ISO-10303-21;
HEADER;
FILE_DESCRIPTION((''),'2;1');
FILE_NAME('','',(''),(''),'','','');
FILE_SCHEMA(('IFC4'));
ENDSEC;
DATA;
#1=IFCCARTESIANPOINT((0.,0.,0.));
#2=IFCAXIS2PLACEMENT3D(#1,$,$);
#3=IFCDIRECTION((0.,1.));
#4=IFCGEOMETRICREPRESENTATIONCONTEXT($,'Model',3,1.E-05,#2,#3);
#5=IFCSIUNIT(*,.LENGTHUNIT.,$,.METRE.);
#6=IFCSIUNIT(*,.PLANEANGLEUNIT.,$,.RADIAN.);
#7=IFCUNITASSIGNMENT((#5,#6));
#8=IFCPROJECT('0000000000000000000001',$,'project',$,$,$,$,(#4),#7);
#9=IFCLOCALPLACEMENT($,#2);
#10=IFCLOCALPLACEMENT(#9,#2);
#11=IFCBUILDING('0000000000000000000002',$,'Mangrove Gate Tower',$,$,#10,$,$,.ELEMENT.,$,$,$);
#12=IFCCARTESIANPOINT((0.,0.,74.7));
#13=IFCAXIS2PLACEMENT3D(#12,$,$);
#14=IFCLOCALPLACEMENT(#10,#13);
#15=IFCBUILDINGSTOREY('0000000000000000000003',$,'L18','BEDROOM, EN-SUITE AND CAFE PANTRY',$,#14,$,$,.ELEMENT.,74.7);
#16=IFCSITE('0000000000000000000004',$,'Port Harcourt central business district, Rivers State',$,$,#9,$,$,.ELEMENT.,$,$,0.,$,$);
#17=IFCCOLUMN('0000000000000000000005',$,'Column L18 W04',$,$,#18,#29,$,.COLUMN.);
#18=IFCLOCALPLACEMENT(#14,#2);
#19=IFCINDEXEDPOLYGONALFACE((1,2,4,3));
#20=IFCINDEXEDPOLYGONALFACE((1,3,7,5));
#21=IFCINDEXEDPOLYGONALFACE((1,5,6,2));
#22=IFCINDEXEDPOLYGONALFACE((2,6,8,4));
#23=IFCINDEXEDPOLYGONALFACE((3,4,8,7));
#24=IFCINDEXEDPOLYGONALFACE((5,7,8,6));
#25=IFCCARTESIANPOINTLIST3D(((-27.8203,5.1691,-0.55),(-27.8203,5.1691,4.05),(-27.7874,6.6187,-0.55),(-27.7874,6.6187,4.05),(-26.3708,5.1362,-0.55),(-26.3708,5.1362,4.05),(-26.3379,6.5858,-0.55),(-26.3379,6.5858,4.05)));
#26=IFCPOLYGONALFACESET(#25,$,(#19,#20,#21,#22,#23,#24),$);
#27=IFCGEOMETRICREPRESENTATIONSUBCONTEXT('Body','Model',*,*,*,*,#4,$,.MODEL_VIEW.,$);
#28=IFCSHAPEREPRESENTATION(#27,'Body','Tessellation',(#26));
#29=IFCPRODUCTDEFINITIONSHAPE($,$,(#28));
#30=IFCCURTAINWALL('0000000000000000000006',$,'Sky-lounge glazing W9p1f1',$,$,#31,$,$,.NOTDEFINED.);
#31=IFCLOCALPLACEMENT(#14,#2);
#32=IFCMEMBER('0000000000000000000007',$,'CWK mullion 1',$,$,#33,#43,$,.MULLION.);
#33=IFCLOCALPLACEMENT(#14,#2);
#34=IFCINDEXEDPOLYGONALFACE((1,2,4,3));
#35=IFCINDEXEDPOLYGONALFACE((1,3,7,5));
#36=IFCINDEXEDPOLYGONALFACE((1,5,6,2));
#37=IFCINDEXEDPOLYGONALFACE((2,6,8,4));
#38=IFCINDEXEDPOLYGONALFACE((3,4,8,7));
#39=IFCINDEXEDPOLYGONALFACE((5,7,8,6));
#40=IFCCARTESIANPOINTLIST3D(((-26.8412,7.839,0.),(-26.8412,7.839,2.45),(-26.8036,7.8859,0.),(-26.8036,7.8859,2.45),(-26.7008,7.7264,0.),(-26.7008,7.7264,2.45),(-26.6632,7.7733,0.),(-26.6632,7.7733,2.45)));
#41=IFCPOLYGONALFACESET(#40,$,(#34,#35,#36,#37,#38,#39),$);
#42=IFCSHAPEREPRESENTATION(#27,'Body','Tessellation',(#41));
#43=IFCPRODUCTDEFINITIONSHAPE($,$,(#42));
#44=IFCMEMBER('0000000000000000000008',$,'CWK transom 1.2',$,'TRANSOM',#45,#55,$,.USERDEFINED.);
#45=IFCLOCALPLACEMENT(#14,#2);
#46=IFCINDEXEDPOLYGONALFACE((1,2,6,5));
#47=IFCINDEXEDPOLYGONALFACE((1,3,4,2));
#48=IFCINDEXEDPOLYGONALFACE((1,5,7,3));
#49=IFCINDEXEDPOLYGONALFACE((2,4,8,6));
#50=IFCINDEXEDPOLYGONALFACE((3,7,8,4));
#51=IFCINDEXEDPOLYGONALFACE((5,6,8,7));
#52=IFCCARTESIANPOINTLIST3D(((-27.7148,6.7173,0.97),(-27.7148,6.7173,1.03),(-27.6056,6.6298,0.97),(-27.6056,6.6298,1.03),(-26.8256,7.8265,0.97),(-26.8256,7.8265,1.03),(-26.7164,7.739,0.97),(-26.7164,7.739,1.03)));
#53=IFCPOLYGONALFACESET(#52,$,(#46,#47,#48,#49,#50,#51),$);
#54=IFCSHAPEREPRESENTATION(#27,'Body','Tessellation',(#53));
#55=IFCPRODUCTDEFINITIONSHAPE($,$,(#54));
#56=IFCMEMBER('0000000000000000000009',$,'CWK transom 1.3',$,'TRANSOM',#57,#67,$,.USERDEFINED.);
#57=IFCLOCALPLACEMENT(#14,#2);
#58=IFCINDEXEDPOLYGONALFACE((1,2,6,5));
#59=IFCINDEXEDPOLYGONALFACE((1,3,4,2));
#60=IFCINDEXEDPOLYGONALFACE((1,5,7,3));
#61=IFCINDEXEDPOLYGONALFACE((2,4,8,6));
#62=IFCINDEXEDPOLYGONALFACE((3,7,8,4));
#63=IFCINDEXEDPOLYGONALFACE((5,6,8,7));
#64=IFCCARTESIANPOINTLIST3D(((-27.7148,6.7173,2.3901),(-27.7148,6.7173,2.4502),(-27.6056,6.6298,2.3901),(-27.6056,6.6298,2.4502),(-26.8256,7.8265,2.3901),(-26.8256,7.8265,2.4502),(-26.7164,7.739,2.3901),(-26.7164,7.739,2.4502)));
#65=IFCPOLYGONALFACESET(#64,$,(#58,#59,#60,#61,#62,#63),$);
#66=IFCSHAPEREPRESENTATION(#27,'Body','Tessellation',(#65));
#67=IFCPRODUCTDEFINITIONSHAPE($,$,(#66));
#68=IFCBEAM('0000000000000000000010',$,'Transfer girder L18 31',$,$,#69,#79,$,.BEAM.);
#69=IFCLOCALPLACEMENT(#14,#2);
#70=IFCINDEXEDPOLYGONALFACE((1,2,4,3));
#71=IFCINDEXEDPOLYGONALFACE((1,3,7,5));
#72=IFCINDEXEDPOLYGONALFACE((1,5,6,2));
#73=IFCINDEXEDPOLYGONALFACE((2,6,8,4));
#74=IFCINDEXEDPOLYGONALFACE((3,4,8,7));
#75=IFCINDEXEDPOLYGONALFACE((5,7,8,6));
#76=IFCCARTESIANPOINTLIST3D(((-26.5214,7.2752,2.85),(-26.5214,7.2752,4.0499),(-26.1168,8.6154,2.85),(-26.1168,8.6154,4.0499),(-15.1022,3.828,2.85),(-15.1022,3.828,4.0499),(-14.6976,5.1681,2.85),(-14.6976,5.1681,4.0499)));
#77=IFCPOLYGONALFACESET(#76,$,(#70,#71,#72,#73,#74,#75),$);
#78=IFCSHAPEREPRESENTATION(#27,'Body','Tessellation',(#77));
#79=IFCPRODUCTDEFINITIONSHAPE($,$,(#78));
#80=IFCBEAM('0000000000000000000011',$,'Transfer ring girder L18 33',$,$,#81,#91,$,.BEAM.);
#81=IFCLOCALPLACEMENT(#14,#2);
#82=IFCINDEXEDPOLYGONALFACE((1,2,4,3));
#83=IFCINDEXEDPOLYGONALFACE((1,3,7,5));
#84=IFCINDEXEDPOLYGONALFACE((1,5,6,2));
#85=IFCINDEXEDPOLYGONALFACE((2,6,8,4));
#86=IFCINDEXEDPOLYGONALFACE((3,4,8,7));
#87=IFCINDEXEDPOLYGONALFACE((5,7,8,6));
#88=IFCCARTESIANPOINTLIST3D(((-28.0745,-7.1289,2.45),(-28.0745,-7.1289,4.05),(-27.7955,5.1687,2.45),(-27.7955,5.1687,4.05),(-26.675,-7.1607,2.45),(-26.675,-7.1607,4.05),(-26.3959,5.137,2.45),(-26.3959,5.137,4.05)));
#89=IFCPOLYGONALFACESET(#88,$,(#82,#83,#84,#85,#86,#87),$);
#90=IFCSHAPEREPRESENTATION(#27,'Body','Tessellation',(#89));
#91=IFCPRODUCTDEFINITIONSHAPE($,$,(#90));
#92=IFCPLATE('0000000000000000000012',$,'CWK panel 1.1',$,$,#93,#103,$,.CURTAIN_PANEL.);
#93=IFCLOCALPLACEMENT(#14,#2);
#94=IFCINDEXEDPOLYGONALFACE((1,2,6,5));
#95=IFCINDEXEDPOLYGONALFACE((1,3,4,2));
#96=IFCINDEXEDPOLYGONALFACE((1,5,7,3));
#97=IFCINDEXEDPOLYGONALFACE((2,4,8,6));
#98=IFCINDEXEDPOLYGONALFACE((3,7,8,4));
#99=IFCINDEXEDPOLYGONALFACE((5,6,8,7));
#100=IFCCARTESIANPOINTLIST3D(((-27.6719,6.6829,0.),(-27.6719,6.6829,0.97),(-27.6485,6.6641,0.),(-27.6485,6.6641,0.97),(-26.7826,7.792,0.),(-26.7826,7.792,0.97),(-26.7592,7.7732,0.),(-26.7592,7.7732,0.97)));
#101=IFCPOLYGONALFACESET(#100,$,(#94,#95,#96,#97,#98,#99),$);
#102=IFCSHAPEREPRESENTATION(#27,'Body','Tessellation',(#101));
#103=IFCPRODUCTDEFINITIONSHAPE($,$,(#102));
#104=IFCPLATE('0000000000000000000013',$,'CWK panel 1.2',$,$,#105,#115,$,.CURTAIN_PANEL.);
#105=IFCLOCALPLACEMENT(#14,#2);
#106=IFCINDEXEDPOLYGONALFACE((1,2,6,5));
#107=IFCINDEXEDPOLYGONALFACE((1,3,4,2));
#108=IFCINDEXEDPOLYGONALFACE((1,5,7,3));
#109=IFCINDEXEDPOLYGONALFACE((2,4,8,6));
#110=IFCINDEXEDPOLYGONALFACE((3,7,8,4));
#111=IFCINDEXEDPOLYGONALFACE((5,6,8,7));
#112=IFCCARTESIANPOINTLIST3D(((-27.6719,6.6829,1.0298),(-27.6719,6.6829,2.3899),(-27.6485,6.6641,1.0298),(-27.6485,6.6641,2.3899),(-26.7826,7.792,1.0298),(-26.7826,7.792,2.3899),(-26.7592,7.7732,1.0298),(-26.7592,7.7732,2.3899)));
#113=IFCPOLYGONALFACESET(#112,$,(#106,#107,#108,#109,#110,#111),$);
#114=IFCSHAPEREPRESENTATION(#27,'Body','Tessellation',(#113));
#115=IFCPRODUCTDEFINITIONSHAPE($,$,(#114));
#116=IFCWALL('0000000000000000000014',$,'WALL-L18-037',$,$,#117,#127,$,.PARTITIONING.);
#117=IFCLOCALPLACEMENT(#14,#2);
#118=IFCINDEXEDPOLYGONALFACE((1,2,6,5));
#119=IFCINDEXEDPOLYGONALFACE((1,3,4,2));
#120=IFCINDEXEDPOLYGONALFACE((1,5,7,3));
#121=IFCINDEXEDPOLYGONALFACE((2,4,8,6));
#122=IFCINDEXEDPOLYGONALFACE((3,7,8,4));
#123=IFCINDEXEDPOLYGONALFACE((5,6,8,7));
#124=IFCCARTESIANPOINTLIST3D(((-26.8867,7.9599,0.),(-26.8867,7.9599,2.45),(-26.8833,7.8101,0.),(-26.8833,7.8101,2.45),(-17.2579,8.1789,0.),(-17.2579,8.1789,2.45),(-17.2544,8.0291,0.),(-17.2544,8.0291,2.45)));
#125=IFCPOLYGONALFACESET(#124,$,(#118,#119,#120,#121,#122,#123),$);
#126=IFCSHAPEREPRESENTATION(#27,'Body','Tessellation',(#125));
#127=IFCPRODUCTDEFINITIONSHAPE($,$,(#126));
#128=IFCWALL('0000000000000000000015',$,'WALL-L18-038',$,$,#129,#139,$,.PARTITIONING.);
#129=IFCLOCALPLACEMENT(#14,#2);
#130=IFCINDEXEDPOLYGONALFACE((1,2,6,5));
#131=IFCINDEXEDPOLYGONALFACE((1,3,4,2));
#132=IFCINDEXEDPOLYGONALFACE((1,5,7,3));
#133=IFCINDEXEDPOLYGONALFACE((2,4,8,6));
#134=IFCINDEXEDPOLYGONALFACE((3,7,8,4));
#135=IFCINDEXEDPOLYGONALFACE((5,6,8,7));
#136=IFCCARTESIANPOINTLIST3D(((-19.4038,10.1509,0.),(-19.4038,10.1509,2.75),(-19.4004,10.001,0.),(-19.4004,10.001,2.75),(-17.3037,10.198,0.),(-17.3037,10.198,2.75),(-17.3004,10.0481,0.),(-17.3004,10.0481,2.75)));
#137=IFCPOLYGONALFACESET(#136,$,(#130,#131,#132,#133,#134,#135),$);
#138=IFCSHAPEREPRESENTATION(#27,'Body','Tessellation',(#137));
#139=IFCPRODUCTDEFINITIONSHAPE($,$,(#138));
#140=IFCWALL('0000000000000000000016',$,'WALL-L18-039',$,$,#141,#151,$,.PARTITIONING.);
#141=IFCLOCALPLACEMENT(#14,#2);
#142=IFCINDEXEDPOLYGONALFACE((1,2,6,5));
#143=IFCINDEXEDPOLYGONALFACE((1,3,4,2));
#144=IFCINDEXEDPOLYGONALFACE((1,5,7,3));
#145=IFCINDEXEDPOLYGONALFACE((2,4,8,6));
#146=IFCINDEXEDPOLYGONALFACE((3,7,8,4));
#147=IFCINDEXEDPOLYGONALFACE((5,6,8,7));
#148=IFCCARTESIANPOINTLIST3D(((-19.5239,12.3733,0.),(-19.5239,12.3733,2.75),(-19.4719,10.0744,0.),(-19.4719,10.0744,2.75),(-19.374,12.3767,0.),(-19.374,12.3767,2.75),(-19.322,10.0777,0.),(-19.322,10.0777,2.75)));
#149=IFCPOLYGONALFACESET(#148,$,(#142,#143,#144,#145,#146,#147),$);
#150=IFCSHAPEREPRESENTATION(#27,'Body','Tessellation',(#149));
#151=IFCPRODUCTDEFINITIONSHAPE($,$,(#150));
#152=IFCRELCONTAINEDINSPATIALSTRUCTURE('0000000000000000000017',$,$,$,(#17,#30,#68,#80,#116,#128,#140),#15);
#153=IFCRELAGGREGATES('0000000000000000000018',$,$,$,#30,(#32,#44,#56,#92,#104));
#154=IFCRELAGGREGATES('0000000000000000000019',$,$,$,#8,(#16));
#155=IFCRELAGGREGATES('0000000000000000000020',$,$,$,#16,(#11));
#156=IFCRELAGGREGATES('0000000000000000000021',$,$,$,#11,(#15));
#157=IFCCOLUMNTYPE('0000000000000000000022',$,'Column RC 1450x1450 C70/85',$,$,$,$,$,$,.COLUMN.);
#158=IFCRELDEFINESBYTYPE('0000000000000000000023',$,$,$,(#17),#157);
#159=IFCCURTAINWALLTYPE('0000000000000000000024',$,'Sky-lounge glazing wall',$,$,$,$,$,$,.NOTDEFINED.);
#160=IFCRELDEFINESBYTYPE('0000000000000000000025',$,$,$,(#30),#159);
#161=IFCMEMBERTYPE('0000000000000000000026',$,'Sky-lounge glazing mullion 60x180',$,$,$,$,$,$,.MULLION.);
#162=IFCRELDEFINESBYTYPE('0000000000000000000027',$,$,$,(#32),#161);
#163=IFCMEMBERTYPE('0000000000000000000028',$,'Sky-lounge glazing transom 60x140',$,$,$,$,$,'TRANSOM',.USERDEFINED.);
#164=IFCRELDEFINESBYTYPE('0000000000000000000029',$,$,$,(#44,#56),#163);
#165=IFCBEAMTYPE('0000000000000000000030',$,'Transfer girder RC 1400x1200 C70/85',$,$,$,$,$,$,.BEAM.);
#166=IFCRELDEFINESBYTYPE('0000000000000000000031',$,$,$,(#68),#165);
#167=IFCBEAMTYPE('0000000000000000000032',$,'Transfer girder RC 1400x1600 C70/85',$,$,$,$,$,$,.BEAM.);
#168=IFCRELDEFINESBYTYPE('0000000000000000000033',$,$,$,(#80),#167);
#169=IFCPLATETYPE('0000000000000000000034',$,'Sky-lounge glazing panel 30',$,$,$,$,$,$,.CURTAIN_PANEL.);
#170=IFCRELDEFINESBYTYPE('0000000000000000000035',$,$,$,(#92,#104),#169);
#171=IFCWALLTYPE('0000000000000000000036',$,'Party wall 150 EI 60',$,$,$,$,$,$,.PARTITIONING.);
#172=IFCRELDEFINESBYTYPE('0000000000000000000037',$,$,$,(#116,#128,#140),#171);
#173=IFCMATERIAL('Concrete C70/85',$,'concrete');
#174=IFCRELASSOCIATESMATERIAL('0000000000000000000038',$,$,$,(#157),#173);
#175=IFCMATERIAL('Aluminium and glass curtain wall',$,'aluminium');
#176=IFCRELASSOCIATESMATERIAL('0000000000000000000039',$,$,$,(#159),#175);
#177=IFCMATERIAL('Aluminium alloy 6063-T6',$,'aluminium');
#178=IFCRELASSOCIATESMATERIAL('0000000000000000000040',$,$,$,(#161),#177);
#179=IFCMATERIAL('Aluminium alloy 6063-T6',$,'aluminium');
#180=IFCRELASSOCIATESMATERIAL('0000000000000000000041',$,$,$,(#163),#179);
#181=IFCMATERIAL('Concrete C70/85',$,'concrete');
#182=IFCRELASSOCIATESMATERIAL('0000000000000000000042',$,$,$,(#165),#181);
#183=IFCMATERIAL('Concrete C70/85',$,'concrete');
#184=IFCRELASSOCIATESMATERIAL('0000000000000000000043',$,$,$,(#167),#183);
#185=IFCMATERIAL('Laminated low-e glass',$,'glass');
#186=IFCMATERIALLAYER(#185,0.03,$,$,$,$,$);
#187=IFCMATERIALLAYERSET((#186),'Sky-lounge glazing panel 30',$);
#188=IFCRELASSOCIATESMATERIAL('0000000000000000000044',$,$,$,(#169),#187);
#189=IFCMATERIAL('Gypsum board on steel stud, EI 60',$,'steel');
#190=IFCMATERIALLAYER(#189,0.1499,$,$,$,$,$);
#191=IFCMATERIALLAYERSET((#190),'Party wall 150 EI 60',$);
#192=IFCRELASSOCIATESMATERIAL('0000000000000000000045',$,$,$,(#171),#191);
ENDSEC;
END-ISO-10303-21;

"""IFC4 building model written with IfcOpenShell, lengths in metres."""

from ifc_helpers import new_model, si_unit, direction, frame, frame_2d, origin, origin_2d, place, context, subcontext, project, spatial, rectangle, extrude, material, layer, layer_set, material_profile, profile_set, type_object, element, aggregate, save


model = new_model("IFC4")

# Units and contexts
model_context = context("Model", 3, precision=1e-05, world=origin(), true_north=direction((0.0, 1.0)))
body_context = subcontext(model_context, "Body", "Model", "MODEL_VIEW")
ifc_project = project(units=[si_unit("LENGTHUNIT", "METRE"), si_unit("PLANEANGLEUNIT", "RADIAN")], contexts=[model_context])

# Site, building, storey
site_placement = place(None, origin())
site = spatial("IfcSite", under=ifc_project, at=site_placement, Name="Port Harcourt central business district, Rivers State", CompositionType="ELEMENT", RefElevation=0.0)
building_placement = place(site_placement, origin())
building = spatial("IfcBuilding", under=site, at=building_placement, Name="Mangrove Gate Tower", CompositionType="ELEMENT")
storey_placement = place(building_placement, frame((0.0, 0.0, 74.7)))
storey = spatial("IfcBuildingStorey", under=building, at=storey_placement, Name="L18", Description="BEDROOM, EN-SUITE AND CAFE PANTRY", CompositionType="ELEMENT", Elevation=74.7)

# Column
ifc_material_1 = material(Name="Concrete C70/85", Category="concrete")
ifc_material_profile_1 = material_profile(ifc_material_1, rectangle(XDim=1.45, YDim=1.45, at=origin_2d()))
ifc_profile_set_1 = profile_set([ifc_material_profile_1], Name="Concrete C70/85")
column_type = type_object("IfcColumnType", Name="Column RC 1450x1450 C70/85", PredefinedType="COLUMN", material=ifc_profile_set_1)
column_placement = place(storey_placement, frame((-27.0791, 5.8774, -0.55), z_axis=(0.0, 0.0, 1.0), x_axis=(-0.022687, -0.999743, 0.0)))
element("IfcColumn", 1, at=column_placement, inside=storey, type_object=column_type, Name="Column L18 W04", PredefinedType="COLUMN", context=body_context, shape_type="SweptSolid", body=[
    extrude(rectangle(XDim=1.45, YDim=1.45, at=origin_2d()), origin(), (0.0, 0.0, 1.0), 4.6001),
])

# Curtain wall, members
ifc_material_2 = material(Name="Aluminium and glass curtain wall", Category="aluminium")
curtain_wall_type = type_object("IfcCurtainWallType", Name="Sky-lounge glazing wall", PredefinedType="NOTDEFINED", material=ifc_material_2)
curtain_wall_placement = place(storey_placement, origin())
curtain_wall = element("IfcCurtainWall", 2, at=curtain_wall_placement, inside=storey, type_object=curtain_wall_type, Name="Sky-lounge glazing W9p1f1", PredefinedType="NOTDEFINED")
ifc_material_3 = material(Name="Aluminium alloy 6063-T6", Category="aluminium")
ifc_material_profile_2 = material_profile(ifc_material_3, rectangle(XDim=0.0601, YDim=0.1799, at=origin_2d()))
ifc_profile_set_2 = profile_set([ifc_material_profile_2], Name="Aluminium alloy 6063-T6")
member_type_1 = type_object("IfcMemberType", Name="Sky-lounge glazing mullion 60x180", PredefinedType="MULLION", material=ifc_profile_set_2)
member_1_placement = place(storey_placement, frame((-26.7522, 7.8062, 0.0), z_axis=(0.0, 0.0, 1.0), x_axis=(-0.625548, -0.780186, 0.0)))
member_1 = element("IfcMember", 3, at=member_1_placement, type_object=member_type_1, Name="CWK mullion 1", PredefinedType="MULLION", context=body_context, shape_type="SweptSolid", body=[
    extrude(rectangle(XDim=0.0601, YDim=0.1799, at=origin_2d()), origin(), (0.0, 0.0, 1.0), 2.45),
])
ifc_material_4 = material(Name="Aluminium alloy 6063-T6", Category="aluminium")
ifc_material_profile_3 = material_profile(ifc_material_4, rectangle(XDim=0.0601, YDim=0.1399, at=origin_2d()))
ifc_profile_set_3 = profile_set([ifc_material_profile_3], Name="Aluminium alloy 6063-T6")
member_type_2 = type_object("IfcMemberType", Name="Sky-lounge glazing transom 60x140", ElementType="TRANSOM", PredefinedType="USERDEFINED", material=ifc_profile_set_3)
member_2_placement = place(storey_placement, frame((-26.771, 7.7827, 1.0), z_axis=(-0.625491, -0.780232, 0.0), x_axis=(0.0, 0.0, 1.0)))
member_2 = element("IfcMember", 4, at=member_2_placement, type_object=member_type_2, Name="CWK transom 1.2", ObjectType="TRANSOM", PredefinedType="USERDEFINED", context=body_context, shape_type="SweptSolid", body=[
    extrude(rectangle(XDim=0.0601, YDim=0.1399, at=origin_2d()), origin(), (0.0, 0.0, 1.0), 1.4216),
])
member_3_placement = place(storey_placement, frame((-26.771, 7.7827, 2.4202), z_axis=(-0.625491, -0.780232, 0.0), x_axis=(0.0, 0.0, 1.0)))
member_3 = element("IfcMember", 5, at=member_3_placement, type_object=member_type_2, Name="CWK transom 1.3", ObjectType="TRANSOM", PredefinedType="USERDEFINED", context=body_context, shape_type="SweptSolid", body=[
    extrude(rectangle(XDim=0.0601, YDim=0.1399, at=origin_2d()), origin(), (0.0, 0.0, 1.0), 1.4216),
])

# Beams
ifc_material_5 = material(Name="Concrete C70/85", Category="concrete")
ifc_material_profile_4 = material_profile(ifc_material_5, rectangle(XDim=1.3999, YDim=1.2, at=origin_2d()))
ifc_profile_set_4 = profile_set([ifc_material_profile_4], Name="Concrete C70/85")
beam_type_1 = type_object("IfcBeamType", Name="Transfer girder RC 1400x1200 C70/85", PredefinedType="BEAM", material=ifc_profile_set_4)
beam_1_placement = place(storey_placement, frame((-14.8999, 4.498, 3.45), z_axis=(-0.957329, 0.289002, 0.0), x_axis=(-0.289002, -0.957329, 0.0)))
element("IfcBeam", 6, at=beam_1_placement, inside=storey, type_object=beam_type_1, Name="Transfer girder L18 31", PredefinedType="BEAM", context=body_context, shape_type="SweptSolid", body=[
    extrude(rectangle(XDim=1.3999, YDim=1.2, at=origin_2d()), origin(), (0.0, 0.0, 1.0), 11.9282),
])
ifc_material_6 = material(Name="Concrete C70/85", Category="concrete")
ifc_material_profile_5 = material_profile(ifc_material_6, rectangle(XDim=1.3999, YDim=1.6001, at=origin_2d()))
ifc_profile_set_5 = profile_set([ifc_material_profile_5], Name="Concrete C70/85")
beam_type_2 = type_object("IfcBeamType", Name="Transfer girder RC 1400x1600 C70/85", PredefinedType="BEAM", material=ifc_profile_set_5)
beam_2_placement = place(storey_placement, frame((-27.0957, 5.1528, 3.25), z_axis=(-0.022686, -0.999743, 0.0), x_axis=(0.999743, -0.022686, 0.0)))
element("IfcBeam", 7, at=beam_2_placement, inside=storey, type_object=beam_type_2, Name="Transfer ring girder L18 33", PredefinedType="BEAM", context=body_context, shape_type="SweptSolid", body=[
    extrude(rectangle(XDim=1.3999, YDim=1.6001, at=origin_2d()), origin(), (0.0, 0.0, 1.0), 12.3008),
])

# Plates
ifc_material_7 = material(Name="Laminated low-e glass", Category="glass")
ifc_layer_1 = layer(ifc_material_7, 0.03)
ifc_layer_set_1 = layer_set([ifc_layer_1], Name="Sky-lounge glazing panel 30")
plate_type = type_object("IfcPlateType", Name="Sky-lounge glazing panel 30", PredefinedType="CURTAIN_PANEL", material=ifc_layer_set_1)
plate_1_placement = place(storey_placement, frame((-27.2156, 7.228, 0.0), z_axis=(0.0, 0.0, 1.0), x_axis=(-0.625548, -0.780186, 0.0)))
plate_1 = element("IfcPlate", 8, at=plate_1_placement, type_object=plate_type, Name="CWK panel 1.1", PredefinedType="CURTAIN_PANEL", context=body_context, shape_type="SweptSolid", body=[
    extrude(rectangle(XDim=1.4216, YDim=0.03, at=origin_2d()), origin(), (0.0, 0.0, 1.0), 0.97),
])
plate_2_placement = place(storey_placement, frame((-27.2156, 7.228, 1.0298), z_axis=(0.0, 0.0, 1.0), x_axis=(-0.625548, -0.780186, 0.0)))
plate_2 = element("IfcPlate", 9, at=plate_2_placement, type_object=plate_type, Name="CWK panel 1.2", PredefinedType="CURTAIN_PANEL", context=body_context, shape_type="SweptSolid", body=[
    extrude(rectangle(XDim=1.4216, YDim=0.03, at=origin_2d()), origin(), (0.0, 0.0, 1.0), 1.3601),
])
aggregate(curtain_wall, [member_1, member_2, member_3, plate_1, plate_2])

# Walls
ifc_material_8 = material(Name="Gypsum board on steel stud, EI 60", Category="steel")
ifc_layer_2 = layer(ifc_material_8, 0.1499)
ifc_layer_set_2 = layer_set([ifc_layer_2], Name="Party wall 150 EI 60")
wall_type = type_object("IfcWallType", Name="Party wall 150 EI 60", PredefinedType="PARTITIONING", material=ifc_layer_set_2)
wall_1_placement = place(storey_placement, frame((-26.885, 7.885, 0.0), z_axis=(0.0, 0.0, 1.0), x_axis=(0.999741, 0.022738, 0.0)))
element("IfcWall", 10, at=wall_1_placement, inside=storey, type_object=wall_type, Name="WALL-L18-037", PredefinedType="PARTITIONING", context=body_context, shape_type="SweptSolid", body=[
    extrude(rectangle(XDim=9.6313, YDim=0.1499, at=frame_2d((4.8157, 0.0))), origin(), (0.0, 0.0, 1.0), 2.45),
])
wall_2_placement = place(storey_placement, frame((-19.4021, 10.0759, 0.0), z_axis=(0.0, 0.0, 1.0), x_axis=(0.999748, 0.022431, 0.0)))
element("IfcWall", 11, at=wall_2_placement, inside=storey, type_object=wall_type, Name="WALL-L18-038", PredefinedType="PARTITIONING", context=body_context, shape_type="SweptSolid", body=[
    extrude(rectangle(XDim=2.1006, YDim=0.1499, at=frame_2d((1.0503, 0.0))), origin(), (0.0, 0.0, 1.0), 2.75),
])
wall_3_placement = place(storey_placement, frame((-19.397, 10.0759, 0.0), z_axis=(0.0, 0.0, 1.0), x_axis=(-0.022613, 0.999744, 0.0)))
element("IfcWall", 12, at=wall_3_placement, inside=storey, type_object=wall_type, Name="WALL-L18-039", PredefinedType="PARTITIONING", context=body_context, shape_type="SweptSolid", body=[
    extrude(rectangle(XDim=2.2996, YDim=0.1499, at=frame_2d((1.1499, 0.0))), origin(), (0.0, 0.0, 1.0), 2.75),
])

save(model, "model.ifc")
